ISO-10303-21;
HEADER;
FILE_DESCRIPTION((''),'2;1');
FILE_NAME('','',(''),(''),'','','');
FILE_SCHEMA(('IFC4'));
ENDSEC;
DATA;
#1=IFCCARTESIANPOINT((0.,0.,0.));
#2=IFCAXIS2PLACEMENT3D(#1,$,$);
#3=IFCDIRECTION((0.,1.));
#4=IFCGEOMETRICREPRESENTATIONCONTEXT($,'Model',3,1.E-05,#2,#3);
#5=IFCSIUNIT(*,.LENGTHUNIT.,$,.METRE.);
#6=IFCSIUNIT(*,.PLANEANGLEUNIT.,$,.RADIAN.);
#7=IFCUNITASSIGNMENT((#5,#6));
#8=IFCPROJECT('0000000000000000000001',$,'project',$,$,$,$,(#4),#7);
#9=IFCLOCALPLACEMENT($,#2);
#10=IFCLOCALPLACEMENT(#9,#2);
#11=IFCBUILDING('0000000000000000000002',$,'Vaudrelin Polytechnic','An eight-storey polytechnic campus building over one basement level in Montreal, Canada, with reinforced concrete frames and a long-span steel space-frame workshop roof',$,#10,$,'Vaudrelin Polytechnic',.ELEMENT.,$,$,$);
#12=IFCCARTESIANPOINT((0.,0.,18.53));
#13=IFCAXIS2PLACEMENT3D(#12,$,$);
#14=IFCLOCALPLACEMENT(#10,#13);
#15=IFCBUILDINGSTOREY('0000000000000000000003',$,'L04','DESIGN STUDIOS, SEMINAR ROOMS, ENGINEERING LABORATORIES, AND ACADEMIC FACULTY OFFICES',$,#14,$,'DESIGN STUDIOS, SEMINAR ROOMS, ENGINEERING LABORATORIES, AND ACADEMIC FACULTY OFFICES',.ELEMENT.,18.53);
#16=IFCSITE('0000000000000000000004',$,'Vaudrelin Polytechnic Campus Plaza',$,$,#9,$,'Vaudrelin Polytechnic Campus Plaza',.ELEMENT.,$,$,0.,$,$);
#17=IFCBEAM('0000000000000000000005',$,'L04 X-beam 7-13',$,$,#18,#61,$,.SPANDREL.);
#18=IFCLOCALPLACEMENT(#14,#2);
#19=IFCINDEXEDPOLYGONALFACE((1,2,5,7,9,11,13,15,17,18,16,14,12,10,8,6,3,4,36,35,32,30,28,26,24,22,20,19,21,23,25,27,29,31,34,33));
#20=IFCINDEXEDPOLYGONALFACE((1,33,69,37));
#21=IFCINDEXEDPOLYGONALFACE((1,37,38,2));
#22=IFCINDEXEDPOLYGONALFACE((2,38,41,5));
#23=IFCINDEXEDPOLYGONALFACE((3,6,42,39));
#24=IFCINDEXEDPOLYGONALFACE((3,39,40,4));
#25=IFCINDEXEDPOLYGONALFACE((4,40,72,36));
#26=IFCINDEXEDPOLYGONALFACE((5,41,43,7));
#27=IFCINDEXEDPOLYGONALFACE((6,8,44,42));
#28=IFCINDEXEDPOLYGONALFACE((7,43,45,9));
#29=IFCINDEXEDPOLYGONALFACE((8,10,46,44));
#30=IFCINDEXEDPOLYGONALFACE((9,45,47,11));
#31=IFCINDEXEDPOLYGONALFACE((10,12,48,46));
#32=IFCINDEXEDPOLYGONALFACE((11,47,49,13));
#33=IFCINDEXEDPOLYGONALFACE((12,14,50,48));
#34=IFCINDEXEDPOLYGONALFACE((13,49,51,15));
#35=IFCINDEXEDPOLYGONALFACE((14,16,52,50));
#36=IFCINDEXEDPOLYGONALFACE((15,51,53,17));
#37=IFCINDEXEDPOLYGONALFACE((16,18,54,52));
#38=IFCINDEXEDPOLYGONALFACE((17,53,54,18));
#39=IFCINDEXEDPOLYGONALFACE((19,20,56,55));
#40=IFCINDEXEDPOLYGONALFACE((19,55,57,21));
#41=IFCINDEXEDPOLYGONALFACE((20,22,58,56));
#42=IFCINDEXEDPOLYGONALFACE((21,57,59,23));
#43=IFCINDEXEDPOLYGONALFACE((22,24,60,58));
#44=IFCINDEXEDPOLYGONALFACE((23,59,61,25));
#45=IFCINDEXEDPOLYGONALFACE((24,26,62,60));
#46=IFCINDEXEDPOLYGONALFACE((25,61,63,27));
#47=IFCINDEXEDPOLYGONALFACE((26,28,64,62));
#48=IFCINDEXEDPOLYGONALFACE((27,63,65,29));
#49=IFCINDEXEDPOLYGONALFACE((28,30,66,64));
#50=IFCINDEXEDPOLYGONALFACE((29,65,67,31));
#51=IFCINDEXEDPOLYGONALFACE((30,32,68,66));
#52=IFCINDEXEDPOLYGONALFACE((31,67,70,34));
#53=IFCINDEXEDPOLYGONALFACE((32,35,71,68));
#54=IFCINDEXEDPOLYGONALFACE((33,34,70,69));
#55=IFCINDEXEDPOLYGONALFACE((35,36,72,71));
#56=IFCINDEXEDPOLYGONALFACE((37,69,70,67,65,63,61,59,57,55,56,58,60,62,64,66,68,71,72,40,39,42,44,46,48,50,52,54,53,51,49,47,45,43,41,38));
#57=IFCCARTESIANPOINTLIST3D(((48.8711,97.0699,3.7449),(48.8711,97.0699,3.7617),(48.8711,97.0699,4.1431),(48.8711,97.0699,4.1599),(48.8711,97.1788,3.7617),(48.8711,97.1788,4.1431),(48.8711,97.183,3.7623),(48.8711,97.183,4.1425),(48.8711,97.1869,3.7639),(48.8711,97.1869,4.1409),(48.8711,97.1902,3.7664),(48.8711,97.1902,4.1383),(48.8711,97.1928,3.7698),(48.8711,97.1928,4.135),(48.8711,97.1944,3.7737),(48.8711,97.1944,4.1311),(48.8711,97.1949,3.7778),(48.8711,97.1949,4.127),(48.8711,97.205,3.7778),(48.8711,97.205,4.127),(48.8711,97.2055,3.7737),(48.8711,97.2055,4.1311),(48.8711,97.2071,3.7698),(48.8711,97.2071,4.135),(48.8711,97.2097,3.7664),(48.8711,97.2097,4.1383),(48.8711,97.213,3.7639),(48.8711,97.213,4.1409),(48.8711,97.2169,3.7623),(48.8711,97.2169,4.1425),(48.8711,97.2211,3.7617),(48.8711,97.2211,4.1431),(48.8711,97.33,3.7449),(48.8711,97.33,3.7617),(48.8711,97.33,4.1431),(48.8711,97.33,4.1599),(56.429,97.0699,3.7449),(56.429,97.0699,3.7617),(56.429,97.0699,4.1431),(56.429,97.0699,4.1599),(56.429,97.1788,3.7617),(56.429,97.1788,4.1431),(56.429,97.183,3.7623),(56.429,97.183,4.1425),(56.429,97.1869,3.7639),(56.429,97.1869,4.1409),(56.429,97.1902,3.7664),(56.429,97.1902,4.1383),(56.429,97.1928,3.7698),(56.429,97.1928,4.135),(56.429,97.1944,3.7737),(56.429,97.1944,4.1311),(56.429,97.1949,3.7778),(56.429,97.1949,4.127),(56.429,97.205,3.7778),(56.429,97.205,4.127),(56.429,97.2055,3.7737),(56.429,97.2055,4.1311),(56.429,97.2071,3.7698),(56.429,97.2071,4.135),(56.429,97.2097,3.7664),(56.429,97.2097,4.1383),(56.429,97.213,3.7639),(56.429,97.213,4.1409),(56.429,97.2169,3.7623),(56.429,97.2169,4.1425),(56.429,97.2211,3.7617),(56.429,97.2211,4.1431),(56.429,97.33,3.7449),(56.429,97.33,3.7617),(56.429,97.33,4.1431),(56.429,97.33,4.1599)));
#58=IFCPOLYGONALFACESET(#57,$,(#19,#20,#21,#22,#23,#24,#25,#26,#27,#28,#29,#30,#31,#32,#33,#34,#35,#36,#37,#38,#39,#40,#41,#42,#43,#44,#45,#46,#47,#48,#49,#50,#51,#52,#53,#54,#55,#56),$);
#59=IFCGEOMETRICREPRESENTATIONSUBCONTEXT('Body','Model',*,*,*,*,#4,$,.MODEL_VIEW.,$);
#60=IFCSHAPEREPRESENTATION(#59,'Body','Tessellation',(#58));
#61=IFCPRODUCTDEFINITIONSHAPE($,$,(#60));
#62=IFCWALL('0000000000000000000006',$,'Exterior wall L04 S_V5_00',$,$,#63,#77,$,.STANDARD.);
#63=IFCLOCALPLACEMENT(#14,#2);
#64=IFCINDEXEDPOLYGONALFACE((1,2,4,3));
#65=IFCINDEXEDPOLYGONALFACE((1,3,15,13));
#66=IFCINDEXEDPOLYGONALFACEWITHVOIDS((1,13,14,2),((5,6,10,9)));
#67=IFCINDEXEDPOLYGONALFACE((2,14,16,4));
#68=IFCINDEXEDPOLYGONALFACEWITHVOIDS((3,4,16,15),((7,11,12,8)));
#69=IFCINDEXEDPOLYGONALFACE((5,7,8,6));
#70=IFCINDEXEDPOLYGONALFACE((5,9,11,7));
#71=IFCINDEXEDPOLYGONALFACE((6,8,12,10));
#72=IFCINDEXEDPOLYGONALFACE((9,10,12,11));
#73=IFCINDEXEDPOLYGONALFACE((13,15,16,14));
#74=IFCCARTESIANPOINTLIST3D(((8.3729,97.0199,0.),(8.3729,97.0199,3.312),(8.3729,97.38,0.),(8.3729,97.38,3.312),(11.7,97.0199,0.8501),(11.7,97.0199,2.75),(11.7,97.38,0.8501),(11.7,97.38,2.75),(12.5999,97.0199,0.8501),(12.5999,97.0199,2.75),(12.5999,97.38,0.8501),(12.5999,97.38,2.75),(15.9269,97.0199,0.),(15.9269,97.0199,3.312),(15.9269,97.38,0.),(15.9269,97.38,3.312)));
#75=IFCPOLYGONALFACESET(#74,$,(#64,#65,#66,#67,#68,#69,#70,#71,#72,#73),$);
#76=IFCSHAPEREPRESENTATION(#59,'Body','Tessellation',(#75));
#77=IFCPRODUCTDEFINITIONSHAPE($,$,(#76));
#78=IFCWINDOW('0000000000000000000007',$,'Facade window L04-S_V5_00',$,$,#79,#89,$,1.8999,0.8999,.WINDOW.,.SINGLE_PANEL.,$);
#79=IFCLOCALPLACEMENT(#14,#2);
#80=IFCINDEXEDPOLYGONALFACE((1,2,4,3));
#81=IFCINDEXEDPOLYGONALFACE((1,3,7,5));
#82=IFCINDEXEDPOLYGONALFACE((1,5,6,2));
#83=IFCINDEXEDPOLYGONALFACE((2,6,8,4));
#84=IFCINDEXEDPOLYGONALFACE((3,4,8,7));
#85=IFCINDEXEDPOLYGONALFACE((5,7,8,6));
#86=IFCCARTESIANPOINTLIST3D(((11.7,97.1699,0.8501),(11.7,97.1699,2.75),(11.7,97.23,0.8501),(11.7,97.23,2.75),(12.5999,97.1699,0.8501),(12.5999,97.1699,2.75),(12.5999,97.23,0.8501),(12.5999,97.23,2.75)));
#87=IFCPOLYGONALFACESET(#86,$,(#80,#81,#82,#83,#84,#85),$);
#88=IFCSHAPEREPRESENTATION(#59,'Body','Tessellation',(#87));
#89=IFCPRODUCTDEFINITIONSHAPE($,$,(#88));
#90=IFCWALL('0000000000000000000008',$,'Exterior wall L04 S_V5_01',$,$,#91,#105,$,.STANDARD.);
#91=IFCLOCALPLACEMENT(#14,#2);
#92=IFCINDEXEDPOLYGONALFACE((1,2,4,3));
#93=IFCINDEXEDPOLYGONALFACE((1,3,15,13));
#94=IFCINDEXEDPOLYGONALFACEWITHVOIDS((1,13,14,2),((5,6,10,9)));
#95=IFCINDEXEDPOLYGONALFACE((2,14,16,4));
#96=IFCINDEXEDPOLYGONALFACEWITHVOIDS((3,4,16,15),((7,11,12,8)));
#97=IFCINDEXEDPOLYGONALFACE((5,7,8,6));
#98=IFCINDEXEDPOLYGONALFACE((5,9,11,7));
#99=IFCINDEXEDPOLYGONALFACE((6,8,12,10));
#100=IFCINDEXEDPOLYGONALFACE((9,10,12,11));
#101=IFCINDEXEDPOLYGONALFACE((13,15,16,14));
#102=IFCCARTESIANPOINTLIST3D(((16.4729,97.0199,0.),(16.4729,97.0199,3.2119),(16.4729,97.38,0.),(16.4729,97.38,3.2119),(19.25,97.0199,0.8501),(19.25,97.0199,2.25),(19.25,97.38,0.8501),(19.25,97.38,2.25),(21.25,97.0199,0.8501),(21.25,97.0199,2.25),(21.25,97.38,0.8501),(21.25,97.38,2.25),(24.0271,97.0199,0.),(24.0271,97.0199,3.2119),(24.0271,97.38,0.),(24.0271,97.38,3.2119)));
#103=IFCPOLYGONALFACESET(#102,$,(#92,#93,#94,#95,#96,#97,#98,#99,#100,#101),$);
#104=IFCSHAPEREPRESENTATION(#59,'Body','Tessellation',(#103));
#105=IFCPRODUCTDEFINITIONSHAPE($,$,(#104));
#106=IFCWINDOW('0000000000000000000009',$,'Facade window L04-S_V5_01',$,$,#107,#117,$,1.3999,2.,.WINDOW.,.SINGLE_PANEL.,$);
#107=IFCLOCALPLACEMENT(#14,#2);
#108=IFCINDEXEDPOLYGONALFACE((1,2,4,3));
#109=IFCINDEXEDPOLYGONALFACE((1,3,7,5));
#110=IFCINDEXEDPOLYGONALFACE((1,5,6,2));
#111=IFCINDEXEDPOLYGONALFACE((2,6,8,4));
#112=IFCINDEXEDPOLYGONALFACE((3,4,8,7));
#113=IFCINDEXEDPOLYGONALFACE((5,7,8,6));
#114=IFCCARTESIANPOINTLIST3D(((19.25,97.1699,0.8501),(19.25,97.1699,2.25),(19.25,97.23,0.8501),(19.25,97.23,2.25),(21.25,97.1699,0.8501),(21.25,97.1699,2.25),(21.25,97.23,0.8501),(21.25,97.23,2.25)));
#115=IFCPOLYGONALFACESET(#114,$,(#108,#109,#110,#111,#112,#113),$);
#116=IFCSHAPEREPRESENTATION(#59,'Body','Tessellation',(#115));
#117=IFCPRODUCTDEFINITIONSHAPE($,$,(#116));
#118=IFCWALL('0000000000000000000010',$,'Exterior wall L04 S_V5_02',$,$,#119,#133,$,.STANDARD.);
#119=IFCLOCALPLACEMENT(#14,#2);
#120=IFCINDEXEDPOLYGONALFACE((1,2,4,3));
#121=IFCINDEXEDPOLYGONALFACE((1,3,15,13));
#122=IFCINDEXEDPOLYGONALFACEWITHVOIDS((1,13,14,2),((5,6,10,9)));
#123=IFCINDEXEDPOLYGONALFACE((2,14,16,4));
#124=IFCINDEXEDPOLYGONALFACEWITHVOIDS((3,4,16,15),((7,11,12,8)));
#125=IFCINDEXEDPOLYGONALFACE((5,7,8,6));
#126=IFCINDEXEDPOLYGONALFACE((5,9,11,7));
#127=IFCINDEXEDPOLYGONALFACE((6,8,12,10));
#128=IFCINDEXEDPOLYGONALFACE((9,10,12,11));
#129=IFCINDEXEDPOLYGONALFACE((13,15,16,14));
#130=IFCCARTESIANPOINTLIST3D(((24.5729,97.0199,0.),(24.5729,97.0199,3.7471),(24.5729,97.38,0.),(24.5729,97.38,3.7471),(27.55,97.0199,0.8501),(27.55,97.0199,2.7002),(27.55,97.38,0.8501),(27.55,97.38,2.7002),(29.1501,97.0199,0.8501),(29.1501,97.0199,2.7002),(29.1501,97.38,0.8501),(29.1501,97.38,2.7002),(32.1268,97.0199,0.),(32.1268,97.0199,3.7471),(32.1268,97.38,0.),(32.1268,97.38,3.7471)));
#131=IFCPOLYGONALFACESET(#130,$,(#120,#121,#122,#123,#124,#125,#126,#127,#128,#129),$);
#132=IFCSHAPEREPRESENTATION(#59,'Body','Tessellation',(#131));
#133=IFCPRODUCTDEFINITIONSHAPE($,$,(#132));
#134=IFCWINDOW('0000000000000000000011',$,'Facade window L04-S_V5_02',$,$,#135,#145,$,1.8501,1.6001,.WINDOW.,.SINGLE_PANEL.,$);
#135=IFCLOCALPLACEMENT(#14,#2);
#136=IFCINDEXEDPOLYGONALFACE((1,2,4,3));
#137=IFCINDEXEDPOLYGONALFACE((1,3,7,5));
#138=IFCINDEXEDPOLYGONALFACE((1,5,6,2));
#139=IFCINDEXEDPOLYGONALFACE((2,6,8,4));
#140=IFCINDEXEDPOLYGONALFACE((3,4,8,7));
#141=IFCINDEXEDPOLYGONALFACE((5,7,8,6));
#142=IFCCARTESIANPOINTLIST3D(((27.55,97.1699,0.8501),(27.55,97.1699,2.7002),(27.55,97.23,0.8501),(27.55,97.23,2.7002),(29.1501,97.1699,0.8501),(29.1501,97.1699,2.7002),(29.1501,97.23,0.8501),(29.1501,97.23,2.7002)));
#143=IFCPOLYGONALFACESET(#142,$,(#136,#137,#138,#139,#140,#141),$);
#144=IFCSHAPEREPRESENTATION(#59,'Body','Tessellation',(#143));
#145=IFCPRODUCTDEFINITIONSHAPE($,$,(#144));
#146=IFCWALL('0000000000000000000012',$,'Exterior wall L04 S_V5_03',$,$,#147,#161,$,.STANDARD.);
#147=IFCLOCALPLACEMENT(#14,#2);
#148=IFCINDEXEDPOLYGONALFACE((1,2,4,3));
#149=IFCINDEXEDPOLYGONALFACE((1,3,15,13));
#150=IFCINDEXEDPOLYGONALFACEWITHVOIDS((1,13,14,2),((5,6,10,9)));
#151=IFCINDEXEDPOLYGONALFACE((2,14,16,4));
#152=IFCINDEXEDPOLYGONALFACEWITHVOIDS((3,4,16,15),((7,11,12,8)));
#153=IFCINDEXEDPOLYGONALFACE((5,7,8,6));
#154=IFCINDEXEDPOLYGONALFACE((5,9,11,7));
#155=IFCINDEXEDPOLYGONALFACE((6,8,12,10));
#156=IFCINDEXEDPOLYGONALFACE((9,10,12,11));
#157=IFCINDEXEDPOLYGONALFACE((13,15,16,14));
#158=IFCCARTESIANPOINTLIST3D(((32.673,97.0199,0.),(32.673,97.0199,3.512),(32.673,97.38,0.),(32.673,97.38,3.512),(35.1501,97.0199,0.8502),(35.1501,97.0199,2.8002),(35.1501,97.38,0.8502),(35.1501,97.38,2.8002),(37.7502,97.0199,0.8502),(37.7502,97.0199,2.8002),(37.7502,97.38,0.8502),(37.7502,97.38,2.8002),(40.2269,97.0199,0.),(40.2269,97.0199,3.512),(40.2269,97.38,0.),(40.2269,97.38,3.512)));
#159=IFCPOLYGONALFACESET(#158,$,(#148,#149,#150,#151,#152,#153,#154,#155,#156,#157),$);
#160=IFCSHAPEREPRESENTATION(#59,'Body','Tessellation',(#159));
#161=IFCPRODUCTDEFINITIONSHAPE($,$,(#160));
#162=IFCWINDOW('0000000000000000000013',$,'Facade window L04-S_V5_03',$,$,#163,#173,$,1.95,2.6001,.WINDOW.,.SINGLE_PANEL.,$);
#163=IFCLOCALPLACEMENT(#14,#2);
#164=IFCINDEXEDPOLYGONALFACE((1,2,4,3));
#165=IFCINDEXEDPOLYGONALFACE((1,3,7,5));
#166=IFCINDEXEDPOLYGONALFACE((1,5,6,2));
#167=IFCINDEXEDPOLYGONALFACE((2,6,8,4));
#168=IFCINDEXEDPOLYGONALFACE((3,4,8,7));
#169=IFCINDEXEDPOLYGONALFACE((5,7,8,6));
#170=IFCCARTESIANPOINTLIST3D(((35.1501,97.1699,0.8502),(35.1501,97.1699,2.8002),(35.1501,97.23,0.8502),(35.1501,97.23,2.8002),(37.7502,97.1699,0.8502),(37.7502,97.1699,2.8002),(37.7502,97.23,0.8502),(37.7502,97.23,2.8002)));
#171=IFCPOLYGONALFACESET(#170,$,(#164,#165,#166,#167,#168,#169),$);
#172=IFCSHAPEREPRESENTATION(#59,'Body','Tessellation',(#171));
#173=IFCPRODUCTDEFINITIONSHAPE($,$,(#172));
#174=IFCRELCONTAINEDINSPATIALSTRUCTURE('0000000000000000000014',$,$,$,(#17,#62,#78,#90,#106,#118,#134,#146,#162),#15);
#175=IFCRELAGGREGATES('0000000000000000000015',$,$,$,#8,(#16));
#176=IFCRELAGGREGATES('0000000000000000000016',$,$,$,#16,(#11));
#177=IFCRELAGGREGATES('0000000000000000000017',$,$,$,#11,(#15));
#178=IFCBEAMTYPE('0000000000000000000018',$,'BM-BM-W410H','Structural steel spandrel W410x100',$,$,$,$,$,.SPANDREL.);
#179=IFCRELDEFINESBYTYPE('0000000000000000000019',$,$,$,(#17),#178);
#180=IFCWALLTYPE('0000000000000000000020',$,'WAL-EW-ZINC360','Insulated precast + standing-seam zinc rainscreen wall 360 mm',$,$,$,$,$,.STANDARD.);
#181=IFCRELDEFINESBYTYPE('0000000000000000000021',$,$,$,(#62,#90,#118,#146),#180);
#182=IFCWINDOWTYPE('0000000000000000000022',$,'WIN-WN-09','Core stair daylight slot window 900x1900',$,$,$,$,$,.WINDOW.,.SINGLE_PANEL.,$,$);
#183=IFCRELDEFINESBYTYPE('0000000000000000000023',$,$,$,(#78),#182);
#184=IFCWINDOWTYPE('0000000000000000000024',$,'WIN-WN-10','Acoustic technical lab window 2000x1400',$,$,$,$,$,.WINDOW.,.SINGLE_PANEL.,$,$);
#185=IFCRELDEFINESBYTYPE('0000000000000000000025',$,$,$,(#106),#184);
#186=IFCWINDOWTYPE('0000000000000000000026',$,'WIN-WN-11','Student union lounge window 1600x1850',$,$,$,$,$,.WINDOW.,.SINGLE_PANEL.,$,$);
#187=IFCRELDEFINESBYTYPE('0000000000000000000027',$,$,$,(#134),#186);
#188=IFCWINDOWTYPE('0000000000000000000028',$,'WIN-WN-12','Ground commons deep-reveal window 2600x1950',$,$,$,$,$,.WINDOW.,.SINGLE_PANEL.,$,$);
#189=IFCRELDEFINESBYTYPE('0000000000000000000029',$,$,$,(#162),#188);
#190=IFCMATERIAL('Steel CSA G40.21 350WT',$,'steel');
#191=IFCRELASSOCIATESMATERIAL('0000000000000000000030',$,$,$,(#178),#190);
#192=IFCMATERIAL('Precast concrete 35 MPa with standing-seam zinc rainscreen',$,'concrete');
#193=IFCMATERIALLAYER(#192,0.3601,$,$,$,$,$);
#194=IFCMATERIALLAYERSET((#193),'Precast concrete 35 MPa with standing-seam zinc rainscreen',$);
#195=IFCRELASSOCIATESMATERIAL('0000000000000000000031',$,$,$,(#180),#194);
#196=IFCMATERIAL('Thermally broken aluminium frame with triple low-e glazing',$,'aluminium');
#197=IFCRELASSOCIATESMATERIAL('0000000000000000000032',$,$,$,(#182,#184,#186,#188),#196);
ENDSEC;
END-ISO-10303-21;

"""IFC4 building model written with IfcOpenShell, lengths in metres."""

from ifc_helpers import new_model, si_unit, direction, frame, frame_2d, origin, origin_2d, place, context, subcontext, project, spatial, rectangle, i_section, extrude, material, layer, layer_set, material_profile, profile_set, type_object, element, fill, save


model = new_model("IFC4")

# Units and contexts
model_context = context("Model", 3, precision=1e-05, world=origin(), true_north=direction((0.0, 1.0)))
body_context = subcontext(model_context, "Body", "Model", "MODEL_VIEW")
ifc_project = project(units=[si_unit("LENGTHUNIT", "METRE"), si_unit("PLANEANGLEUNIT", "RADIAN")], contexts=[model_context])

# Site, building, storey
site_placement = place(None, origin())
site = spatial("IfcSite", under=ifc_project, at=site_placement, Name="Vaudrelin Polytechnic Campus Plaza", LongName="Vaudrelin Polytechnic Campus Plaza", CompositionType="ELEMENT", RefElevation=0.0)
building_placement = place(site_placement, origin())
building = spatial("IfcBuilding", under=site, at=building_placement, Name="Vaudrelin Polytechnic", Description="An eight-storey polytechnic campus building over one basement level in Montreal, Canada, with reinforced concrete frames and a long-span steel space-frame workshop roof", LongName="Vaudrelin Polytechnic", CompositionType="ELEMENT")
storey_placement = place(building_placement, frame((0.0, 0.0, 18.53)))
storey = spatial("IfcBuildingStorey", under=building, at=storey_placement, Name="L04", Description="DESIGN STUDIOS, SEMINAR ROOMS, ENGINEERING LABORATORIES, AND ACADEMIC FACULTY OFFICES", LongName="DESIGN STUDIOS, SEMINAR ROOMS, ENGINEERING LABORATORIES, AND ACADEMIC FACULTY OFFICES", CompositionType="ELEMENT", Elevation=18.53)

# Beam
ifc_material_1 = material(Name="Steel CSA G40.21 350WT", Category="steel")
ifc_material_profile_1 = material_profile(ifc_material_1, i_section(OverallWidth=0.26, OverallDepth=0.415, WebThickness=0.01, FlangeThickness=0.0168, FilletRadius=0.0161, at=origin_2d()), Name="W410x100")
ifc_profile_set_1 = profile_set([ifc_material_profile_1], Name="Steel CSA G40.21 350WT")
beam_type_1 = type_object("IfcBeamType", Name="BM-BM-W410H", Description="Structural steel spandrel W410x100", PredefinedType="SPANDREL", material=ifc_profile_set_1)
for number, where, z_axis, x_axis, name in (
    (1, (48.8711, 97.2, 3.9524), (1.0, 0.0, 0.0), (0.0, 1.0, 0.0), "L04 X-beam 7-13"),
):
    element("IfcBeam", number, at=place(storey_placement, frame(where, z_axis=z_axis, x_axis=x_axis)), inside=storey, type_object=beam_type_1, Name=name, PredefinedType="SPANDREL", context=body_context, shape_type="SweptSolid", body=[
        extrude(i_section(OverallWidth=0.26, OverallDepth=0.415, WebThickness=0.01, FlangeThickness=0.0168, FilletRadius=0.0161, at=origin_2d()), origin(), (0.0, 0.0, 1.0), 7.5579),
    ])

# Walls, openings, windows
ifc_material_2 = material(Name="Precast concrete 35 MPa with standing-seam zinc rainscreen", Category="concrete")
ifc_layer_1 = layer(ifc_material_2, 0.3601)
ifc_layer_set_1 = layer_set([ifc_layer_1], Name="Precast concrete 35 MPa with standing-seam zinc rainscreen")
wall_type = type_object("IfcWallType", Name="WAL-EW-ZINC360", Description="Insulated precast + standing-seam zinc rainscreen wall 360 mm", PredefinedType="STANDARD", material=ifc_layer_set_1)
wall_1_placement = place(storey_placement, frame((8.373, 97.2, 0.0), z_axis=(0.0, 0.0, 1.0), x_axis=(1.0, 0.0, 0.0)))
wall_1 = element("IfcWall", 2, at=wall_1_placement, inside=storey, type_object=wall_type, Name="Exterior wall L04 S_V5_00", PredefinedType="STANDARD", context=body_context, shape_type="SweptSolid", body=[
    extrude(rectangle(XDim=7.554, YDim=0.3601, at=frame_2d((3.7769, 0.0))), origin(), (0.0, 0.0, 1.0), 3.312),
])
opening_1_placement = place(wall_1_placement, frame((3.3269, 0.0, 0.8501)))
opening_1 = element("IfcOpeningElement", 3, at=opening_1_placement, cuts=wall_1, PredefinedType="OPENING", context=body_context, shape_type="SweptSolid", body=[
    extrude(rectangle(XDim=0.8999, YDim=1.8999, at=frame_2d((0.45, 0.95))), frame((0.0, 0.1899, 0.0), z_axis=(0.0, -1.0, 0.0), x_axis=(1.0, 0.0, 0.0)), (0.0, 0.0, 1.0), 0.3801),
])
ifc_material_3 = material(Name="Thermally broken aluminium frame with triple low-e glazing", Category="aluminium")
window_type_1 = type_object("IfcWindowType", Name="WIN-WN-09", Description="Core stair daylight slot window 900x1900", PartitioningType="SINGLE_PANEL", PredefinedType="WINDOW", material=ifc_material_3)
window_1_placement = place(opening_1_placement, origin())
window_1 = element("IfcWindow", 4, at=window_1_placement, inside=storey, type_object=window_type_1, Name="Facade window L04-S_V5_00", OverallHeight=1.8999, OverallWidth=0.8999, PartitioningType="SINGLE_PANEL", PredefinedType="WINDOW", context=body_context, shape_type="SweptSolid", body=[
    extrude(rectangle(XDim=0.8999, YDim=1.8999, at=frame_2d((0.45, 0.95))), frame((0.0, 0.03, 0.0), z_axis=(0.0, -1.0, 0.0), x_axis=(1.0, 0.0, 0.0)), (0.0, 0.0, 1.0), 0.0601),
])
fill(opening_1, window_1)
wall_2_placement = place(storey_placement, frame((16.4729, 97.2, 0.0), z_axis=(0.0, 0.0, 1.0), x_axis=(1.0, 0.0, 0.0)))
wall_2 = element("IfcWall", 5, at=wall_2_placement, inside=storey, type_object=wall_type, Name="Exterior wall L04 S_V5_01", PredefinedType="STANDARD", context=body_context, shape_type="SweptSolid", body=[
    extrude(rectangle(XDim=7.5542, YDim=0.3601, at=frame_2d((3.7771, 0.0))), origin(), (0.0, 0.0, 1.0), 3.2119),
])
opening_2_placement = place(wall_2_placement, frame((2.7771, 0.0, 0.8501)))
opening_2 = element("IfcOpeningElement", 6, at=opening_2_placement, cuts=wall_2, PredefinedType="OPENING", context=body_context, shape_type="SweptSolid", body=[
    extrude(rectangle(XDim=2.0, YDim=1.3999, at=frame_2d((1.0, 0.7))), frame((0.0, 0.1899, 0.0), z_axis=(0.0, -1.0, 0.0), x_axis=(1.0, 0.0, 0.0)), (0.0, 0.0, 1.0), 0.3801),
])
window_type_2 = type_object("IfcWindowType", Name="WIN-WN-10", Description="Acoustic technical lab window 2000x1400", PartitioningType="SINGLE_PANEL", PredefinedType="WINDOW", material=ifc_material_3)
window_2_placement = place(opening_2_placement, origin())
window_2 = element("IfcWindow", 7, at=window_2_placement, inside=storey, type_object=window_type_2, Name="Facade window L04-S_V5_01", OverallHeight=1.3999, OverallWidth=2.0, PartitioningType="SINGLE_PANEL", PredefinedType="WINDOW", context=body_context, shape_type="SweptSolid", body=[
    extrude(rectangle(XDim=2.0, YDim=1.3999, at=frame_2d((1.0, 0.7))), frame((0.0, 0.03, 0.0), z_axis=(0.0, -1.0, 0.0), x_axis=(1.0, 0.0, 0.0)), (0.0, 0.0, 1.0), 0.0601),
])
fill(opening_2, window_2)
wall_3_placement = place(storey_placement, frame((24.573, 97.2, 0.0), z_axis=(0.0, 0.0, 1.0), x_axis=(1.0, 0.0, 0.0)))
wall_3 = element("IfcWall", 8, at=wall_3_placement, inside=storey, type_object=wall_type, Name="Exterior wall L04 S_V5_02", PredefinedType="STANDARD", context=body_context, shape_type="SweptSolid", body=[
    extrude(rectangle(XDim=7.554, YDim=0.3601, at=frame_2d((3.7769, 0.0))), origin(), (0.0, 0.0, 1.0), 3.7471),
])
opening_3_placement = place(wall_3_placement, frame((2.9771, 0.0, 0.8501)))
opening_3 = element("IfcOpeningElement", 9, at=opening_3_placement, cuts=wall_3, PredefinedType="OPENING", context=body_context, shape_type="SweptSolid", body=[
    extrude(rectangle(XDim=1.6001, YDim=1.8501, at=frame_2d((0.8, 0.925))), frame((0.0, 0.1899, 0.0), z_axis=(0.0, -1.0, 0.0), x_axis=(1.0, 0.0, 0.0)), (0.0, 0.0, 1.0), 0.3801),
])
window_type_3 = type_object("IfcWindowType", Name="WIN-WN-11", Description="Student union lounge window 1600x1850", PartitioningType="SINGLE_PANEL", PredefinedType="WINDOW", material=ifc_material_3)
window_3_placement = place(opening_3_placement, origin())
window_3 = element("IfcWindow", 10, at=window_3_placement, inside=storey, type_object=window_type_3, Name="Facade window L04-S_V5_02", OverallHeight=1.8501, OverallWidth=1.6001, PartitioningType="SINGLE_PANEL", PredefinedType="WINDOW", context=body_context, shape_type="SweptSolid", body=[
    extrude(rectangle(XDim=1.6001, YDim=1.8501, at=frame_2d((0.8, 0.925))), frame((0.0, 0.03, 0.0), z_axis=(0.0, -1.0, 0.0), x_axis=(1.0, 0.0, 0.0)), (0.0, 0.0, 1.0), 0.0601),
])
fill(opening_3, window_3)
wall_4_placement = place(storey_placement, frame((32.6731, 97.2, 0.0), z_axis=(0.0, 0.0, 1.0), x_axis=(1.0, 0.0, 0.0)))
wall_4 = element("IfcWall", 11, at=wall_4_placement, inside=storey, type_object=wall_type, Name="Exterior wall L04 S_V5_03", PredefinedType="STANDARD", context=body_context, shape_type="SweptSolid", body=[
    extrude(rectangle(XDim=7.554, YDim=0.3601, at=frame_2d((3.7769, 0.0))), origin(), (0.0, 0.0, 1.0), 3.512),
])
opening_4_placement = place(wall_4_placement, frame((2.4771, 0.0, 0.8501)))
opening_4 = element("IfcOpeningElement", 12, at=opening_4_placement, cuts=wall_4, PredefinedType="OPENING", context=body_context, shape_type="SweptSolid", body=[
    extrude(rectangle(XDim=2.6001, YDim=1.95, at=frame_2d((1.3, 0.9751))), frame((0.0, 0.1899, 0.0), z_axis=(0.0, -1.0, 0.0), x_axis=(1.0, 0.0, 0.0)), (0.0, 0.0, 1.0), 0.3801),
])
window_type_4 = type_object("IfcWindowType", Name="WIN-WN-12", Description="Ground commons deep-reveal window 2600x1950", PartitioningType="SINGLE_PANEL", PredefinedType="WINDOW", material=ifc_material_3)
window_4_placement = place(opening_4_placement, origin())
window_4 = element("IfcWindow", 13, at=window_4_placement, inside=storey, type_object=window_type_4, Name="Facade window L04-S_V5_03", OverallHeight=1.95, OverallWidth=2.6001, PartitioningType="SINGLE_PANEL", PredefinedType="WINDOW", context=body_context, shape_type="SweptSolid", body=[
    extrude(rectangle(XDim=2.6001, YDim=1.95, at=frame_2d((1.3, 0.9751))), frame((0.0, 0.03, 0.0), z_axis=(0.0, -1.0, 0.0), x_axis=(1.0, 0.0, 0.0)), (0.0, 0.0, 1.0), 0.0601),
])
fill(opening_4, window_4)

save(model, "model.ifc")
